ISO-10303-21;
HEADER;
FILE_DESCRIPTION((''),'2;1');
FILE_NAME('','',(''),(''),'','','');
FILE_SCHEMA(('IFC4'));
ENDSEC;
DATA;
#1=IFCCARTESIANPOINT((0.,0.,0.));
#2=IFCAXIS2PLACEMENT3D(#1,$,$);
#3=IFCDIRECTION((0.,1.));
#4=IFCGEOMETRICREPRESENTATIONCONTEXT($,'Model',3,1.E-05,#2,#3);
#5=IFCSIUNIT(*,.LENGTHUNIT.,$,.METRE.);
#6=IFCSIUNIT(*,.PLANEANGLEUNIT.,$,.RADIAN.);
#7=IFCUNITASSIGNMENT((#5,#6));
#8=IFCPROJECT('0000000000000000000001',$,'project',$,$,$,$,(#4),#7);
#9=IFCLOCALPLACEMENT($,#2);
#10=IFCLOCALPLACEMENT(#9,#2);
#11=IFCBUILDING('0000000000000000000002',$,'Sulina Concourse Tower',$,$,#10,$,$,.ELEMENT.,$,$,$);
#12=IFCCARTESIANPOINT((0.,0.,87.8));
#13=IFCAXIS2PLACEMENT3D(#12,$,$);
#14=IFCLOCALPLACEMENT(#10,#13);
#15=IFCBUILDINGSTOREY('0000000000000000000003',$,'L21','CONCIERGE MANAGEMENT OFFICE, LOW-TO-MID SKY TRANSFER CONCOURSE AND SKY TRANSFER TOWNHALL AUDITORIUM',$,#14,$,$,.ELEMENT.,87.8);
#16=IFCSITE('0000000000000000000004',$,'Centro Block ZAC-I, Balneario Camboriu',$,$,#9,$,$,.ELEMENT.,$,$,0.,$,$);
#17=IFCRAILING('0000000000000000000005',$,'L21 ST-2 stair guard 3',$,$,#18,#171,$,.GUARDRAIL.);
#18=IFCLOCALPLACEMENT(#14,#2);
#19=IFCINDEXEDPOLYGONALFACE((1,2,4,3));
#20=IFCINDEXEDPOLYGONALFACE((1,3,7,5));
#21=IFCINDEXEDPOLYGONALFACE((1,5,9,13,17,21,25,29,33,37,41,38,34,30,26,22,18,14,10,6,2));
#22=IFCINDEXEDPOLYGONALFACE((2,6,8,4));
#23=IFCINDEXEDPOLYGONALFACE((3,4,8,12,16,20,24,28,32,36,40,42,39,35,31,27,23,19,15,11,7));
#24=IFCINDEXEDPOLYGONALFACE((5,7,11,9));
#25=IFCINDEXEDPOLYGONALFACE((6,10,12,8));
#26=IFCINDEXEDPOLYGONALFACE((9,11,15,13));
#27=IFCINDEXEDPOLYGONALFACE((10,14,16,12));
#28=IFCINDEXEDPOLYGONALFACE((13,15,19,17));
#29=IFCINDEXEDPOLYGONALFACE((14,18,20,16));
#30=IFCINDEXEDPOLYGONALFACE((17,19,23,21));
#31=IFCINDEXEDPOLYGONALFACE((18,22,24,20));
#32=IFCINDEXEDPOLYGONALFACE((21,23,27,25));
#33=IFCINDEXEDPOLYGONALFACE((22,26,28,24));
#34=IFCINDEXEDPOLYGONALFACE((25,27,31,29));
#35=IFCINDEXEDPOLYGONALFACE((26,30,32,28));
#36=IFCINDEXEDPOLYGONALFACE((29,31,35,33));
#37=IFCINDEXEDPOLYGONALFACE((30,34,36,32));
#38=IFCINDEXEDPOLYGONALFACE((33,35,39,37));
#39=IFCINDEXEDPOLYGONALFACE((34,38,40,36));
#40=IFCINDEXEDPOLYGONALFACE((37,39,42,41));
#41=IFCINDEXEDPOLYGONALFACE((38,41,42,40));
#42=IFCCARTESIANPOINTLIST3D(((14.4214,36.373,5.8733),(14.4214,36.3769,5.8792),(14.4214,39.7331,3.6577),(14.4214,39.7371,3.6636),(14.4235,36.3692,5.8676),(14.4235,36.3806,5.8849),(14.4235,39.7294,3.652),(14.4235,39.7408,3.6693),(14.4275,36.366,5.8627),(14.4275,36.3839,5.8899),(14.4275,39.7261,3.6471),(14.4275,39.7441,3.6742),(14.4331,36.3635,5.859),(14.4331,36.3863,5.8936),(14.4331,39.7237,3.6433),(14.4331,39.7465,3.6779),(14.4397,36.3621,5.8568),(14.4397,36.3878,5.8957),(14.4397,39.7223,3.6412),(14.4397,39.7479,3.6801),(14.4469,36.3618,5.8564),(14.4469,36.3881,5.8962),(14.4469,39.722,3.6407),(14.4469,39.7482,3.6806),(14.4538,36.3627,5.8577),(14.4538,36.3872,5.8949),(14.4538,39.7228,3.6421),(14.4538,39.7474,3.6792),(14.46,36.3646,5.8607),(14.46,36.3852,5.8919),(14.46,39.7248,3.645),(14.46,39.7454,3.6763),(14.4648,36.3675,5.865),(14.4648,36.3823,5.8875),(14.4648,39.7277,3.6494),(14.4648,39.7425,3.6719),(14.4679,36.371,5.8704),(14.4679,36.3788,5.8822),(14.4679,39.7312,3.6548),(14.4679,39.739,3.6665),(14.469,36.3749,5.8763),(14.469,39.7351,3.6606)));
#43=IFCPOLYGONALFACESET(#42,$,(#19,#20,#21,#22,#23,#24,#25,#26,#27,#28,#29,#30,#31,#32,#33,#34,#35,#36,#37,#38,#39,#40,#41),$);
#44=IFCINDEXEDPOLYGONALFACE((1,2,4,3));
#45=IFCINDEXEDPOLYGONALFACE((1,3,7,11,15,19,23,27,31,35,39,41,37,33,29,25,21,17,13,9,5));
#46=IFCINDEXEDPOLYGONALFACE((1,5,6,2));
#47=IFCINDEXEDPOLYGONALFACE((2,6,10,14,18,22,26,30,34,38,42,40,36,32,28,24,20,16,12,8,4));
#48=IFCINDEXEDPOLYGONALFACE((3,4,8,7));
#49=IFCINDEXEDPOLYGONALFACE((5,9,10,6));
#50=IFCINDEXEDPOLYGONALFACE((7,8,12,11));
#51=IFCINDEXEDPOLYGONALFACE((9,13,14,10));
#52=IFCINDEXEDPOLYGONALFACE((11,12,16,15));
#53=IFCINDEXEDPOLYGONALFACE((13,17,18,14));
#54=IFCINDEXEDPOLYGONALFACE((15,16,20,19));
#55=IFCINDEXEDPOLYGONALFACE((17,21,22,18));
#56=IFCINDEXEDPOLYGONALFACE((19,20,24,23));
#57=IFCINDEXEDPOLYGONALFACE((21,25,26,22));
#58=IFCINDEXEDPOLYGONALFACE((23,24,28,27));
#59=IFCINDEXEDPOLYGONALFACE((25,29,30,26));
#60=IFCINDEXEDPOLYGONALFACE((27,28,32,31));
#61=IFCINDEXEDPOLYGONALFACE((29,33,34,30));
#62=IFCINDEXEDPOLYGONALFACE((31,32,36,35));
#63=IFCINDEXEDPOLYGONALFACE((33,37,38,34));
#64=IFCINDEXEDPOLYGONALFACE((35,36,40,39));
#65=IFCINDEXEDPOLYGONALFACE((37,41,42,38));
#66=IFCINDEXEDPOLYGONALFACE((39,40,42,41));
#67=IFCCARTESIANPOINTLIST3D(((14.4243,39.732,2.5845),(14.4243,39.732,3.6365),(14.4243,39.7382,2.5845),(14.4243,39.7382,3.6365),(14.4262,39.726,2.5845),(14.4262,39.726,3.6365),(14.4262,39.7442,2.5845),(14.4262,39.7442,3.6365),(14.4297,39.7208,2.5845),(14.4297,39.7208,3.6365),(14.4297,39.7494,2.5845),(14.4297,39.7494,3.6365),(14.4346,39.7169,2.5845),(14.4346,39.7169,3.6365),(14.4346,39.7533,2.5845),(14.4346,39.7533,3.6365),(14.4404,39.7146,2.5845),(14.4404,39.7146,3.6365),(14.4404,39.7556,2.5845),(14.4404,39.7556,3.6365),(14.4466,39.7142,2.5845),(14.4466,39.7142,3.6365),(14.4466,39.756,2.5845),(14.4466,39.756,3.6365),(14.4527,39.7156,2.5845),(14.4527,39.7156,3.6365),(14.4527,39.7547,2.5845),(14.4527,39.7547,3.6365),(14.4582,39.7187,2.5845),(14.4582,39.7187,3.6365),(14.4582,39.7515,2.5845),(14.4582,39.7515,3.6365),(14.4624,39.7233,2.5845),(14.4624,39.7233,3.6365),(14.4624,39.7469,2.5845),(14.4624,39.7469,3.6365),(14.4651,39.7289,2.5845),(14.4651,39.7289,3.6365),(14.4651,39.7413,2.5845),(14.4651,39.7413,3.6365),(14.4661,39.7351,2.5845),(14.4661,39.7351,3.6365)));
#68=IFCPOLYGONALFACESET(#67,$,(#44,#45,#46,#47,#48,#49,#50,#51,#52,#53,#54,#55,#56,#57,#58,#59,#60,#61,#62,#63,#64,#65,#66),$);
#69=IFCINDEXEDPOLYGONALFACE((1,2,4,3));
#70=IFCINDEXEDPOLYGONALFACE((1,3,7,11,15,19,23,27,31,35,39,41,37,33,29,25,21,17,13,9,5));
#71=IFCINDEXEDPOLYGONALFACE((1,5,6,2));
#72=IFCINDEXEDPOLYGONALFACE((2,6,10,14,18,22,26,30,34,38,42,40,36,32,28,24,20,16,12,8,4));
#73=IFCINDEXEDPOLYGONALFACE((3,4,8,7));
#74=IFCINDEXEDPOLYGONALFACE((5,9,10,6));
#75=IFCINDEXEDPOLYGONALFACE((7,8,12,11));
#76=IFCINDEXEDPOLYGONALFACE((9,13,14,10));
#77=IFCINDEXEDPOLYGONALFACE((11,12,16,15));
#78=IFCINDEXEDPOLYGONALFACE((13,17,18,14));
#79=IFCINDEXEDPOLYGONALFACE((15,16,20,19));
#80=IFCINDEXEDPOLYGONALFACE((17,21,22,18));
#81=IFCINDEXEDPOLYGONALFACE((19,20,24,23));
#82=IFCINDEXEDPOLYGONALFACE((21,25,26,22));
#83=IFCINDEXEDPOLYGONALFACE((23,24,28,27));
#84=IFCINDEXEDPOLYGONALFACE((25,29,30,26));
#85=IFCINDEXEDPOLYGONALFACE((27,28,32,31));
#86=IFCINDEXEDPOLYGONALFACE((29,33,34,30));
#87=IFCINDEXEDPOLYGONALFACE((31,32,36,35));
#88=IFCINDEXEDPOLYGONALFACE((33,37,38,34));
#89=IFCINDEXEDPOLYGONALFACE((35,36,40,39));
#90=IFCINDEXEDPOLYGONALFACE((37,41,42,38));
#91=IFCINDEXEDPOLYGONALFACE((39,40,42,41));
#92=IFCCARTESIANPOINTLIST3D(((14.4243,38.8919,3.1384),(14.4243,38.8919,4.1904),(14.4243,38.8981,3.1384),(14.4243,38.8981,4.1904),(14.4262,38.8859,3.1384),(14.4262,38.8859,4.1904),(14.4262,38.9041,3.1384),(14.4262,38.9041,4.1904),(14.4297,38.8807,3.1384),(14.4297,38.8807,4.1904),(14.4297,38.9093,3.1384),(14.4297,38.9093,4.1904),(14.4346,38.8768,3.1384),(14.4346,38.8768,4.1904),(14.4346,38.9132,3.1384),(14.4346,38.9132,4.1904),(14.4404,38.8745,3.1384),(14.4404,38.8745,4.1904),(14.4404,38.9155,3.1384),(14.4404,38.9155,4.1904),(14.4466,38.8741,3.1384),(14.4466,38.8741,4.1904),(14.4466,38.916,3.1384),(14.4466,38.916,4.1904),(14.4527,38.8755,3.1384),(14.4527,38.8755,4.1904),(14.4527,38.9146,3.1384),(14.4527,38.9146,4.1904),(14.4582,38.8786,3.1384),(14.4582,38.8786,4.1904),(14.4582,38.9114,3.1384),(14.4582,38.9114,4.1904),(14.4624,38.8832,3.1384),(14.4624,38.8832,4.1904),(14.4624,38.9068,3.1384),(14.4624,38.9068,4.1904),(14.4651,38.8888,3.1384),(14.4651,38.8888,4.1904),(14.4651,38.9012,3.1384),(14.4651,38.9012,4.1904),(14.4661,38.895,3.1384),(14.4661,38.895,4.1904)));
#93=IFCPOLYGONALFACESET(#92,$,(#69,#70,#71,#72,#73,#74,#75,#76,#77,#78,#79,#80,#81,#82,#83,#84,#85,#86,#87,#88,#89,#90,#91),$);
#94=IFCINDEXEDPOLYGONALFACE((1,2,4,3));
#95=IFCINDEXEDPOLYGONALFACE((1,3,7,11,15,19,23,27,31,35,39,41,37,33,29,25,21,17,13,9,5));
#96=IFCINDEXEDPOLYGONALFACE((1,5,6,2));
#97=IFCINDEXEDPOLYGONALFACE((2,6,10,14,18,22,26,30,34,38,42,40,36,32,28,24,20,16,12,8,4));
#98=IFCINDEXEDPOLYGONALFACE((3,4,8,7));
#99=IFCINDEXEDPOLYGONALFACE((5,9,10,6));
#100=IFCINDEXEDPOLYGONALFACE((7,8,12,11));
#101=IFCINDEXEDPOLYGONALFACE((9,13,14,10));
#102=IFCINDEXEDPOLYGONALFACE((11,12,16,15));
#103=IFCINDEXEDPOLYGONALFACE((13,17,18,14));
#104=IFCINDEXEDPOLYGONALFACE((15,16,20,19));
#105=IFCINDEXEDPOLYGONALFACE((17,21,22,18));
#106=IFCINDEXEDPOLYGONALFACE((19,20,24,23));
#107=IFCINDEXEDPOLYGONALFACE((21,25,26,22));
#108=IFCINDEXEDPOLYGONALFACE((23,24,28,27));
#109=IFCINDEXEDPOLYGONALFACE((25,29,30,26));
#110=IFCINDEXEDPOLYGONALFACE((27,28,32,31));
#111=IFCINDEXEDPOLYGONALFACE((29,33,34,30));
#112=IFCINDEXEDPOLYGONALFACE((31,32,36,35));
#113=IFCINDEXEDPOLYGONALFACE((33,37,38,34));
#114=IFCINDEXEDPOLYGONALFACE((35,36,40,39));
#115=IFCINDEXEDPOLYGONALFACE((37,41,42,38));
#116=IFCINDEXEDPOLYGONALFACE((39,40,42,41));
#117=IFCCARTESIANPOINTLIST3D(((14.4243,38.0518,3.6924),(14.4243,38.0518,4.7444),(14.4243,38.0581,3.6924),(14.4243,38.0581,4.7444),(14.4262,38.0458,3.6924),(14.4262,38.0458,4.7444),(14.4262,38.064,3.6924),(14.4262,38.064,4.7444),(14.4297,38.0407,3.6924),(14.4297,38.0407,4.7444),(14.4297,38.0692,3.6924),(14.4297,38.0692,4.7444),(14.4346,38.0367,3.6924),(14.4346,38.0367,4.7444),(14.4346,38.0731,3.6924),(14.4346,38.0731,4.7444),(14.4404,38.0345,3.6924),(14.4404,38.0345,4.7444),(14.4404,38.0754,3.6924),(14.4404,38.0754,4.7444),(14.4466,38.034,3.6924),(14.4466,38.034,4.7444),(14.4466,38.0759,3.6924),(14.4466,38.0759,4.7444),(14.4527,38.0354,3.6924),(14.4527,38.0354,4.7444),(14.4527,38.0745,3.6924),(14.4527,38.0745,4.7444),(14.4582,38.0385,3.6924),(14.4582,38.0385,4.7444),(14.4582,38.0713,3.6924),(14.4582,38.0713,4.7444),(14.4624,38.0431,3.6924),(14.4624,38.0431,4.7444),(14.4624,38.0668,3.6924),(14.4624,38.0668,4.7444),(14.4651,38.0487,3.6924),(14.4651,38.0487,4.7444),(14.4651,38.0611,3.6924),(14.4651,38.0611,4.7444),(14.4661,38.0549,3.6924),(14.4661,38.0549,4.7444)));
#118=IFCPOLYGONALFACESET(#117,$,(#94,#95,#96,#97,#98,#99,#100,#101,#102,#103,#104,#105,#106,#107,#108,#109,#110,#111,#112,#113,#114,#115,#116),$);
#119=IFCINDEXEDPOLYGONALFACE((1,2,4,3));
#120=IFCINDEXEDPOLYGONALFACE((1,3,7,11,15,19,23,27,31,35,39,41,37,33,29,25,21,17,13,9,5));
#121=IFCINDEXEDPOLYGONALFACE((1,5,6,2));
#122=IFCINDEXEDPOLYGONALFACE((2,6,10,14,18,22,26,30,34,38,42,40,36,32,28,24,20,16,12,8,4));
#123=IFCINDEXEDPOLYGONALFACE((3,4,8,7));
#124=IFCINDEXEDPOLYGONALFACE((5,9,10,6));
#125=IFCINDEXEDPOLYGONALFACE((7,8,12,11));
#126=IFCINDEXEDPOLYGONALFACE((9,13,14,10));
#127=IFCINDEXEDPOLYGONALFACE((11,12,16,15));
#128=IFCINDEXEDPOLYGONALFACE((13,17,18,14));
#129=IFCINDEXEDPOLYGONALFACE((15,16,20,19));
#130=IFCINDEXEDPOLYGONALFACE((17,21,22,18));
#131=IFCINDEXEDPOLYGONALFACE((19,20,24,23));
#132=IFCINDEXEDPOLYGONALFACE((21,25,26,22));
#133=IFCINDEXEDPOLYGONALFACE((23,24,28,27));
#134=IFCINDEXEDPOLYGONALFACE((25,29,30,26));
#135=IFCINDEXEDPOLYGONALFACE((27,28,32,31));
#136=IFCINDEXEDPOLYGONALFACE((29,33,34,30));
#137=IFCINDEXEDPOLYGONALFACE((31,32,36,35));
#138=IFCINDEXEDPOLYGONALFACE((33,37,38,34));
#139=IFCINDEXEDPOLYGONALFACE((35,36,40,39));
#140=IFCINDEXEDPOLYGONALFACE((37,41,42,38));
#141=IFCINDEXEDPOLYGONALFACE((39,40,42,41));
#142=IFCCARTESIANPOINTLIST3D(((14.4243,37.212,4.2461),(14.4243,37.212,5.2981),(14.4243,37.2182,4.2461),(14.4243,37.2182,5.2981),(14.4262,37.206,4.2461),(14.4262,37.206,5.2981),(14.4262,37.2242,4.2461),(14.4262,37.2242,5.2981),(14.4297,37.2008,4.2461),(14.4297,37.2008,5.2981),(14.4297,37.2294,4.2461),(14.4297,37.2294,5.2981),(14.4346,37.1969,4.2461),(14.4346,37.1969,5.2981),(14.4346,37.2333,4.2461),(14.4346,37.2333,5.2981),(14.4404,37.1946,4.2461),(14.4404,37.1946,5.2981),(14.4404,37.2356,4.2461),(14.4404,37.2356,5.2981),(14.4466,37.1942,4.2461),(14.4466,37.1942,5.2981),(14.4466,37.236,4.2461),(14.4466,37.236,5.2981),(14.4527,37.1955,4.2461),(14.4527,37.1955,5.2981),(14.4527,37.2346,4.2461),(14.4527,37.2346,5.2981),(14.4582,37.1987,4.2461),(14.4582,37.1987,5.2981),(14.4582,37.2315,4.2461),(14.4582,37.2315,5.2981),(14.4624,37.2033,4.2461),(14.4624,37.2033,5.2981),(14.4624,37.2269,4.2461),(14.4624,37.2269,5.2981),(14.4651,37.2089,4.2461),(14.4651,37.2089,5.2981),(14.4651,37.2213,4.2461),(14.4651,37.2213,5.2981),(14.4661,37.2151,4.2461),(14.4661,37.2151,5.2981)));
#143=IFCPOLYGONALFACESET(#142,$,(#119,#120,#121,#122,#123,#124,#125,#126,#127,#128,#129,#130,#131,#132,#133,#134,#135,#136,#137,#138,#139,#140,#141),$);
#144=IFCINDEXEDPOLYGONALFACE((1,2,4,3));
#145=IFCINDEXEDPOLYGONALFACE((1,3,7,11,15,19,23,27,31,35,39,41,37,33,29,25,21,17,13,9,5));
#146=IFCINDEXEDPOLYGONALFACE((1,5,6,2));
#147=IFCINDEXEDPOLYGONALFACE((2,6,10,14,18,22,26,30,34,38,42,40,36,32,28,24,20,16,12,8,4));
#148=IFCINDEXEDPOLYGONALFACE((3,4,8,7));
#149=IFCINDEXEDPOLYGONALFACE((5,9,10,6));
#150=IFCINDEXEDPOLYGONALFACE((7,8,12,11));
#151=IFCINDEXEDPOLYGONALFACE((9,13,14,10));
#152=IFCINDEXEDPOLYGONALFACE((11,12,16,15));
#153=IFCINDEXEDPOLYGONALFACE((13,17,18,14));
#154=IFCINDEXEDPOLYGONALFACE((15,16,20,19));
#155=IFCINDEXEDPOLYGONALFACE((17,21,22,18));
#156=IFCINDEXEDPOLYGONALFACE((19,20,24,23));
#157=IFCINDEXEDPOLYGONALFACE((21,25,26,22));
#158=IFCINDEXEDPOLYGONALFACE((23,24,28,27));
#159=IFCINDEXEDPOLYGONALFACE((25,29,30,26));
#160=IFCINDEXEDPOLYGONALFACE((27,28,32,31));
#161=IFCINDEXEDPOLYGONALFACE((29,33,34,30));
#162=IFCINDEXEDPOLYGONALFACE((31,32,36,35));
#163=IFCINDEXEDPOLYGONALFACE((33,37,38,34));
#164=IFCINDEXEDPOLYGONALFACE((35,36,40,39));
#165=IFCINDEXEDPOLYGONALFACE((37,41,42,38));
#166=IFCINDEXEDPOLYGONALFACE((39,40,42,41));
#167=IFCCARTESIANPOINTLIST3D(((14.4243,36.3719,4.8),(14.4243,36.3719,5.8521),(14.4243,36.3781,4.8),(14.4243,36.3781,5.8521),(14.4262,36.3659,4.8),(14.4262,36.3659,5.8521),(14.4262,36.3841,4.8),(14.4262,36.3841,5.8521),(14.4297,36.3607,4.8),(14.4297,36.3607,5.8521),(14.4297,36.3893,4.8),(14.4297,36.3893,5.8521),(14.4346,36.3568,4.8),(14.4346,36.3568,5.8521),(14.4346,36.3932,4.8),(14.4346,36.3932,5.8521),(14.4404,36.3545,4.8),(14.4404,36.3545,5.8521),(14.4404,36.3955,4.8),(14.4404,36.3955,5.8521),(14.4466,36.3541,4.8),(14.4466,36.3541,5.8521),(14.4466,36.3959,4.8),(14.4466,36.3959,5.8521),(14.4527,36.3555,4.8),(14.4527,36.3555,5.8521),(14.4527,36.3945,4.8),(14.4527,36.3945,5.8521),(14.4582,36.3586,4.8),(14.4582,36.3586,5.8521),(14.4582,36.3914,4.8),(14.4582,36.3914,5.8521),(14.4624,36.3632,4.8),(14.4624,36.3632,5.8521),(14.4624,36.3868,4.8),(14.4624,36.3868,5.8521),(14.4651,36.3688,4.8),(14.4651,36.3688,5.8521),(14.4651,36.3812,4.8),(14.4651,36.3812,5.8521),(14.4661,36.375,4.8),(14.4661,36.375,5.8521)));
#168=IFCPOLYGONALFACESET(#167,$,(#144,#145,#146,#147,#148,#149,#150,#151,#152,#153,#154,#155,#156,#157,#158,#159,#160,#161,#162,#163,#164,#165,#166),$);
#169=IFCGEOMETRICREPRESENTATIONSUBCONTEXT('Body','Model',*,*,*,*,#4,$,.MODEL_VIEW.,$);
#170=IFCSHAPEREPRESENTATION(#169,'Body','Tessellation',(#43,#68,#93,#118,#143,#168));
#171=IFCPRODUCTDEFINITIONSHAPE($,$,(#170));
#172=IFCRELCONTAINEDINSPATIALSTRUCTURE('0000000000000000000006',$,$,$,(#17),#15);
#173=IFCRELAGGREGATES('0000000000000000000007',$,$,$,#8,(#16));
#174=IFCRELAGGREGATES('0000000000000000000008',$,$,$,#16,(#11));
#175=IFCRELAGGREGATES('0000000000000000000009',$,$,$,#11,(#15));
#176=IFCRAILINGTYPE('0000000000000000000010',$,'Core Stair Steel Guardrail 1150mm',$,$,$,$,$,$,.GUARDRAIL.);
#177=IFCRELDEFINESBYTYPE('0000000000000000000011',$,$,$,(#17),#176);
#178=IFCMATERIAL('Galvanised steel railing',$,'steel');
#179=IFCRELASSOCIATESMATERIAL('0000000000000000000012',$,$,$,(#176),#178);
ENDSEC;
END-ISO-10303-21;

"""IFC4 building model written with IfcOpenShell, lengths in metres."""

from ifc_helpers import new_model, si_unit, direction, frame, origin, origin_2d, place, context, subcontext, project, spatial, circle, extrude, material, type_object, element, save


model = new_model("IFC4")

# Units and contexts
model_context = context("Model", 3, precision=1e-05, world=origin(), true_north=direction((0.0, 1.0)))
body_context = subcontext(model_context, "Body", "Model", "MODEL_VIEW")
ifc_project = project(units=[si_unit("LENGTHUNIT", "METRE"), si_unit("PLANEANGLEUNIT", "RADIAN")], contexts=[model_context])

# Site, building, storey
site_placement = place(None, origin())
site = spatial("IfcSite", under=ifc_project, at=site_placement, Name="Centro Block ZAC-I, Balneario Camboriu", CompositionType="ELEMENT", RefElevation=0.0)
building_placement = place(site_placement, origin())
building = spatial("IfcBuilding", under=site, at=building_placement, Name="Sulina Concourse Tower", CompositionType="ELEMENT")
storey_placement = place(building_placement, frame((0.0, 0.0, 87.8)))
storey = spatial("IfcBuildingStorey", under=building, at=storey_placement, Name="L21", Description="CONCIERGE MANAGEMENT OFFICE, LOW-TO-MID SKY TRANSFER CONCOURSE AND SKY TRANSFER TOWNHALL AUDITORIUM", CompositionType="ELEMENT", Elevation=87.8)

# Railing
ifc_material_1 = material(Name="Galvanised steel railing", Category="steel")
railing_type_1 = type_object("IfcRailingType", Name="Core Stair Steel Guardrail 1150mm", PredefinedType="GUARDRAIL", material=ifc_material_1)
railing_1_placement = place(storey_placement, frame((14.4451, 39.7351, 2.5845)))
element("IfcRailing", 1, at=railing_1_placement, inside=storey, type_object=railing_type_1, Name="L21 ST-2 stair guard 3", PredefinedType="GUARDRAIL", context=body_context, shape_type="SweptSolid", body=[
    extrude(circle(Radius=0.0239, at=origin_2d()), frame((0.0, 0.0, 1.0762), z_axis=(0.0, -0.834849, 0.55048), x_axis=(1.0, 0.0, 0.0)), (0.0, 0.0, 1.0), 4.0249),
    extrude(circle(Radius=0.021, at=origin_2d()), origin(), (0.0, 0.0, 1.0), 1.052),
    extrude(circle(Radius=0.021, at=origin_2d()), frame((0.0, -0.8401, 0.554)), (0.0, 0.0, 1.0), 1.052),
    extrude(circle(Radius=0.021, at=origin_2d()), frame((0.0, -1.6802, 1.1079)), (0.0, 0.0, 1.0), 1.052),
    extrude(circle(Radius=0.021, at=origin_2d()), frame((0.0, -2.52, 1.6616)), (0.0, 0.0, 1.0), 1.052),
    extrude(circle(Radius=0.021, at=origin_2d()), frame((0.0, -3.3601, 2.2156)), (0.0, 0.0, 1.0), 1.052),
])

save(model, "model.ifc")
